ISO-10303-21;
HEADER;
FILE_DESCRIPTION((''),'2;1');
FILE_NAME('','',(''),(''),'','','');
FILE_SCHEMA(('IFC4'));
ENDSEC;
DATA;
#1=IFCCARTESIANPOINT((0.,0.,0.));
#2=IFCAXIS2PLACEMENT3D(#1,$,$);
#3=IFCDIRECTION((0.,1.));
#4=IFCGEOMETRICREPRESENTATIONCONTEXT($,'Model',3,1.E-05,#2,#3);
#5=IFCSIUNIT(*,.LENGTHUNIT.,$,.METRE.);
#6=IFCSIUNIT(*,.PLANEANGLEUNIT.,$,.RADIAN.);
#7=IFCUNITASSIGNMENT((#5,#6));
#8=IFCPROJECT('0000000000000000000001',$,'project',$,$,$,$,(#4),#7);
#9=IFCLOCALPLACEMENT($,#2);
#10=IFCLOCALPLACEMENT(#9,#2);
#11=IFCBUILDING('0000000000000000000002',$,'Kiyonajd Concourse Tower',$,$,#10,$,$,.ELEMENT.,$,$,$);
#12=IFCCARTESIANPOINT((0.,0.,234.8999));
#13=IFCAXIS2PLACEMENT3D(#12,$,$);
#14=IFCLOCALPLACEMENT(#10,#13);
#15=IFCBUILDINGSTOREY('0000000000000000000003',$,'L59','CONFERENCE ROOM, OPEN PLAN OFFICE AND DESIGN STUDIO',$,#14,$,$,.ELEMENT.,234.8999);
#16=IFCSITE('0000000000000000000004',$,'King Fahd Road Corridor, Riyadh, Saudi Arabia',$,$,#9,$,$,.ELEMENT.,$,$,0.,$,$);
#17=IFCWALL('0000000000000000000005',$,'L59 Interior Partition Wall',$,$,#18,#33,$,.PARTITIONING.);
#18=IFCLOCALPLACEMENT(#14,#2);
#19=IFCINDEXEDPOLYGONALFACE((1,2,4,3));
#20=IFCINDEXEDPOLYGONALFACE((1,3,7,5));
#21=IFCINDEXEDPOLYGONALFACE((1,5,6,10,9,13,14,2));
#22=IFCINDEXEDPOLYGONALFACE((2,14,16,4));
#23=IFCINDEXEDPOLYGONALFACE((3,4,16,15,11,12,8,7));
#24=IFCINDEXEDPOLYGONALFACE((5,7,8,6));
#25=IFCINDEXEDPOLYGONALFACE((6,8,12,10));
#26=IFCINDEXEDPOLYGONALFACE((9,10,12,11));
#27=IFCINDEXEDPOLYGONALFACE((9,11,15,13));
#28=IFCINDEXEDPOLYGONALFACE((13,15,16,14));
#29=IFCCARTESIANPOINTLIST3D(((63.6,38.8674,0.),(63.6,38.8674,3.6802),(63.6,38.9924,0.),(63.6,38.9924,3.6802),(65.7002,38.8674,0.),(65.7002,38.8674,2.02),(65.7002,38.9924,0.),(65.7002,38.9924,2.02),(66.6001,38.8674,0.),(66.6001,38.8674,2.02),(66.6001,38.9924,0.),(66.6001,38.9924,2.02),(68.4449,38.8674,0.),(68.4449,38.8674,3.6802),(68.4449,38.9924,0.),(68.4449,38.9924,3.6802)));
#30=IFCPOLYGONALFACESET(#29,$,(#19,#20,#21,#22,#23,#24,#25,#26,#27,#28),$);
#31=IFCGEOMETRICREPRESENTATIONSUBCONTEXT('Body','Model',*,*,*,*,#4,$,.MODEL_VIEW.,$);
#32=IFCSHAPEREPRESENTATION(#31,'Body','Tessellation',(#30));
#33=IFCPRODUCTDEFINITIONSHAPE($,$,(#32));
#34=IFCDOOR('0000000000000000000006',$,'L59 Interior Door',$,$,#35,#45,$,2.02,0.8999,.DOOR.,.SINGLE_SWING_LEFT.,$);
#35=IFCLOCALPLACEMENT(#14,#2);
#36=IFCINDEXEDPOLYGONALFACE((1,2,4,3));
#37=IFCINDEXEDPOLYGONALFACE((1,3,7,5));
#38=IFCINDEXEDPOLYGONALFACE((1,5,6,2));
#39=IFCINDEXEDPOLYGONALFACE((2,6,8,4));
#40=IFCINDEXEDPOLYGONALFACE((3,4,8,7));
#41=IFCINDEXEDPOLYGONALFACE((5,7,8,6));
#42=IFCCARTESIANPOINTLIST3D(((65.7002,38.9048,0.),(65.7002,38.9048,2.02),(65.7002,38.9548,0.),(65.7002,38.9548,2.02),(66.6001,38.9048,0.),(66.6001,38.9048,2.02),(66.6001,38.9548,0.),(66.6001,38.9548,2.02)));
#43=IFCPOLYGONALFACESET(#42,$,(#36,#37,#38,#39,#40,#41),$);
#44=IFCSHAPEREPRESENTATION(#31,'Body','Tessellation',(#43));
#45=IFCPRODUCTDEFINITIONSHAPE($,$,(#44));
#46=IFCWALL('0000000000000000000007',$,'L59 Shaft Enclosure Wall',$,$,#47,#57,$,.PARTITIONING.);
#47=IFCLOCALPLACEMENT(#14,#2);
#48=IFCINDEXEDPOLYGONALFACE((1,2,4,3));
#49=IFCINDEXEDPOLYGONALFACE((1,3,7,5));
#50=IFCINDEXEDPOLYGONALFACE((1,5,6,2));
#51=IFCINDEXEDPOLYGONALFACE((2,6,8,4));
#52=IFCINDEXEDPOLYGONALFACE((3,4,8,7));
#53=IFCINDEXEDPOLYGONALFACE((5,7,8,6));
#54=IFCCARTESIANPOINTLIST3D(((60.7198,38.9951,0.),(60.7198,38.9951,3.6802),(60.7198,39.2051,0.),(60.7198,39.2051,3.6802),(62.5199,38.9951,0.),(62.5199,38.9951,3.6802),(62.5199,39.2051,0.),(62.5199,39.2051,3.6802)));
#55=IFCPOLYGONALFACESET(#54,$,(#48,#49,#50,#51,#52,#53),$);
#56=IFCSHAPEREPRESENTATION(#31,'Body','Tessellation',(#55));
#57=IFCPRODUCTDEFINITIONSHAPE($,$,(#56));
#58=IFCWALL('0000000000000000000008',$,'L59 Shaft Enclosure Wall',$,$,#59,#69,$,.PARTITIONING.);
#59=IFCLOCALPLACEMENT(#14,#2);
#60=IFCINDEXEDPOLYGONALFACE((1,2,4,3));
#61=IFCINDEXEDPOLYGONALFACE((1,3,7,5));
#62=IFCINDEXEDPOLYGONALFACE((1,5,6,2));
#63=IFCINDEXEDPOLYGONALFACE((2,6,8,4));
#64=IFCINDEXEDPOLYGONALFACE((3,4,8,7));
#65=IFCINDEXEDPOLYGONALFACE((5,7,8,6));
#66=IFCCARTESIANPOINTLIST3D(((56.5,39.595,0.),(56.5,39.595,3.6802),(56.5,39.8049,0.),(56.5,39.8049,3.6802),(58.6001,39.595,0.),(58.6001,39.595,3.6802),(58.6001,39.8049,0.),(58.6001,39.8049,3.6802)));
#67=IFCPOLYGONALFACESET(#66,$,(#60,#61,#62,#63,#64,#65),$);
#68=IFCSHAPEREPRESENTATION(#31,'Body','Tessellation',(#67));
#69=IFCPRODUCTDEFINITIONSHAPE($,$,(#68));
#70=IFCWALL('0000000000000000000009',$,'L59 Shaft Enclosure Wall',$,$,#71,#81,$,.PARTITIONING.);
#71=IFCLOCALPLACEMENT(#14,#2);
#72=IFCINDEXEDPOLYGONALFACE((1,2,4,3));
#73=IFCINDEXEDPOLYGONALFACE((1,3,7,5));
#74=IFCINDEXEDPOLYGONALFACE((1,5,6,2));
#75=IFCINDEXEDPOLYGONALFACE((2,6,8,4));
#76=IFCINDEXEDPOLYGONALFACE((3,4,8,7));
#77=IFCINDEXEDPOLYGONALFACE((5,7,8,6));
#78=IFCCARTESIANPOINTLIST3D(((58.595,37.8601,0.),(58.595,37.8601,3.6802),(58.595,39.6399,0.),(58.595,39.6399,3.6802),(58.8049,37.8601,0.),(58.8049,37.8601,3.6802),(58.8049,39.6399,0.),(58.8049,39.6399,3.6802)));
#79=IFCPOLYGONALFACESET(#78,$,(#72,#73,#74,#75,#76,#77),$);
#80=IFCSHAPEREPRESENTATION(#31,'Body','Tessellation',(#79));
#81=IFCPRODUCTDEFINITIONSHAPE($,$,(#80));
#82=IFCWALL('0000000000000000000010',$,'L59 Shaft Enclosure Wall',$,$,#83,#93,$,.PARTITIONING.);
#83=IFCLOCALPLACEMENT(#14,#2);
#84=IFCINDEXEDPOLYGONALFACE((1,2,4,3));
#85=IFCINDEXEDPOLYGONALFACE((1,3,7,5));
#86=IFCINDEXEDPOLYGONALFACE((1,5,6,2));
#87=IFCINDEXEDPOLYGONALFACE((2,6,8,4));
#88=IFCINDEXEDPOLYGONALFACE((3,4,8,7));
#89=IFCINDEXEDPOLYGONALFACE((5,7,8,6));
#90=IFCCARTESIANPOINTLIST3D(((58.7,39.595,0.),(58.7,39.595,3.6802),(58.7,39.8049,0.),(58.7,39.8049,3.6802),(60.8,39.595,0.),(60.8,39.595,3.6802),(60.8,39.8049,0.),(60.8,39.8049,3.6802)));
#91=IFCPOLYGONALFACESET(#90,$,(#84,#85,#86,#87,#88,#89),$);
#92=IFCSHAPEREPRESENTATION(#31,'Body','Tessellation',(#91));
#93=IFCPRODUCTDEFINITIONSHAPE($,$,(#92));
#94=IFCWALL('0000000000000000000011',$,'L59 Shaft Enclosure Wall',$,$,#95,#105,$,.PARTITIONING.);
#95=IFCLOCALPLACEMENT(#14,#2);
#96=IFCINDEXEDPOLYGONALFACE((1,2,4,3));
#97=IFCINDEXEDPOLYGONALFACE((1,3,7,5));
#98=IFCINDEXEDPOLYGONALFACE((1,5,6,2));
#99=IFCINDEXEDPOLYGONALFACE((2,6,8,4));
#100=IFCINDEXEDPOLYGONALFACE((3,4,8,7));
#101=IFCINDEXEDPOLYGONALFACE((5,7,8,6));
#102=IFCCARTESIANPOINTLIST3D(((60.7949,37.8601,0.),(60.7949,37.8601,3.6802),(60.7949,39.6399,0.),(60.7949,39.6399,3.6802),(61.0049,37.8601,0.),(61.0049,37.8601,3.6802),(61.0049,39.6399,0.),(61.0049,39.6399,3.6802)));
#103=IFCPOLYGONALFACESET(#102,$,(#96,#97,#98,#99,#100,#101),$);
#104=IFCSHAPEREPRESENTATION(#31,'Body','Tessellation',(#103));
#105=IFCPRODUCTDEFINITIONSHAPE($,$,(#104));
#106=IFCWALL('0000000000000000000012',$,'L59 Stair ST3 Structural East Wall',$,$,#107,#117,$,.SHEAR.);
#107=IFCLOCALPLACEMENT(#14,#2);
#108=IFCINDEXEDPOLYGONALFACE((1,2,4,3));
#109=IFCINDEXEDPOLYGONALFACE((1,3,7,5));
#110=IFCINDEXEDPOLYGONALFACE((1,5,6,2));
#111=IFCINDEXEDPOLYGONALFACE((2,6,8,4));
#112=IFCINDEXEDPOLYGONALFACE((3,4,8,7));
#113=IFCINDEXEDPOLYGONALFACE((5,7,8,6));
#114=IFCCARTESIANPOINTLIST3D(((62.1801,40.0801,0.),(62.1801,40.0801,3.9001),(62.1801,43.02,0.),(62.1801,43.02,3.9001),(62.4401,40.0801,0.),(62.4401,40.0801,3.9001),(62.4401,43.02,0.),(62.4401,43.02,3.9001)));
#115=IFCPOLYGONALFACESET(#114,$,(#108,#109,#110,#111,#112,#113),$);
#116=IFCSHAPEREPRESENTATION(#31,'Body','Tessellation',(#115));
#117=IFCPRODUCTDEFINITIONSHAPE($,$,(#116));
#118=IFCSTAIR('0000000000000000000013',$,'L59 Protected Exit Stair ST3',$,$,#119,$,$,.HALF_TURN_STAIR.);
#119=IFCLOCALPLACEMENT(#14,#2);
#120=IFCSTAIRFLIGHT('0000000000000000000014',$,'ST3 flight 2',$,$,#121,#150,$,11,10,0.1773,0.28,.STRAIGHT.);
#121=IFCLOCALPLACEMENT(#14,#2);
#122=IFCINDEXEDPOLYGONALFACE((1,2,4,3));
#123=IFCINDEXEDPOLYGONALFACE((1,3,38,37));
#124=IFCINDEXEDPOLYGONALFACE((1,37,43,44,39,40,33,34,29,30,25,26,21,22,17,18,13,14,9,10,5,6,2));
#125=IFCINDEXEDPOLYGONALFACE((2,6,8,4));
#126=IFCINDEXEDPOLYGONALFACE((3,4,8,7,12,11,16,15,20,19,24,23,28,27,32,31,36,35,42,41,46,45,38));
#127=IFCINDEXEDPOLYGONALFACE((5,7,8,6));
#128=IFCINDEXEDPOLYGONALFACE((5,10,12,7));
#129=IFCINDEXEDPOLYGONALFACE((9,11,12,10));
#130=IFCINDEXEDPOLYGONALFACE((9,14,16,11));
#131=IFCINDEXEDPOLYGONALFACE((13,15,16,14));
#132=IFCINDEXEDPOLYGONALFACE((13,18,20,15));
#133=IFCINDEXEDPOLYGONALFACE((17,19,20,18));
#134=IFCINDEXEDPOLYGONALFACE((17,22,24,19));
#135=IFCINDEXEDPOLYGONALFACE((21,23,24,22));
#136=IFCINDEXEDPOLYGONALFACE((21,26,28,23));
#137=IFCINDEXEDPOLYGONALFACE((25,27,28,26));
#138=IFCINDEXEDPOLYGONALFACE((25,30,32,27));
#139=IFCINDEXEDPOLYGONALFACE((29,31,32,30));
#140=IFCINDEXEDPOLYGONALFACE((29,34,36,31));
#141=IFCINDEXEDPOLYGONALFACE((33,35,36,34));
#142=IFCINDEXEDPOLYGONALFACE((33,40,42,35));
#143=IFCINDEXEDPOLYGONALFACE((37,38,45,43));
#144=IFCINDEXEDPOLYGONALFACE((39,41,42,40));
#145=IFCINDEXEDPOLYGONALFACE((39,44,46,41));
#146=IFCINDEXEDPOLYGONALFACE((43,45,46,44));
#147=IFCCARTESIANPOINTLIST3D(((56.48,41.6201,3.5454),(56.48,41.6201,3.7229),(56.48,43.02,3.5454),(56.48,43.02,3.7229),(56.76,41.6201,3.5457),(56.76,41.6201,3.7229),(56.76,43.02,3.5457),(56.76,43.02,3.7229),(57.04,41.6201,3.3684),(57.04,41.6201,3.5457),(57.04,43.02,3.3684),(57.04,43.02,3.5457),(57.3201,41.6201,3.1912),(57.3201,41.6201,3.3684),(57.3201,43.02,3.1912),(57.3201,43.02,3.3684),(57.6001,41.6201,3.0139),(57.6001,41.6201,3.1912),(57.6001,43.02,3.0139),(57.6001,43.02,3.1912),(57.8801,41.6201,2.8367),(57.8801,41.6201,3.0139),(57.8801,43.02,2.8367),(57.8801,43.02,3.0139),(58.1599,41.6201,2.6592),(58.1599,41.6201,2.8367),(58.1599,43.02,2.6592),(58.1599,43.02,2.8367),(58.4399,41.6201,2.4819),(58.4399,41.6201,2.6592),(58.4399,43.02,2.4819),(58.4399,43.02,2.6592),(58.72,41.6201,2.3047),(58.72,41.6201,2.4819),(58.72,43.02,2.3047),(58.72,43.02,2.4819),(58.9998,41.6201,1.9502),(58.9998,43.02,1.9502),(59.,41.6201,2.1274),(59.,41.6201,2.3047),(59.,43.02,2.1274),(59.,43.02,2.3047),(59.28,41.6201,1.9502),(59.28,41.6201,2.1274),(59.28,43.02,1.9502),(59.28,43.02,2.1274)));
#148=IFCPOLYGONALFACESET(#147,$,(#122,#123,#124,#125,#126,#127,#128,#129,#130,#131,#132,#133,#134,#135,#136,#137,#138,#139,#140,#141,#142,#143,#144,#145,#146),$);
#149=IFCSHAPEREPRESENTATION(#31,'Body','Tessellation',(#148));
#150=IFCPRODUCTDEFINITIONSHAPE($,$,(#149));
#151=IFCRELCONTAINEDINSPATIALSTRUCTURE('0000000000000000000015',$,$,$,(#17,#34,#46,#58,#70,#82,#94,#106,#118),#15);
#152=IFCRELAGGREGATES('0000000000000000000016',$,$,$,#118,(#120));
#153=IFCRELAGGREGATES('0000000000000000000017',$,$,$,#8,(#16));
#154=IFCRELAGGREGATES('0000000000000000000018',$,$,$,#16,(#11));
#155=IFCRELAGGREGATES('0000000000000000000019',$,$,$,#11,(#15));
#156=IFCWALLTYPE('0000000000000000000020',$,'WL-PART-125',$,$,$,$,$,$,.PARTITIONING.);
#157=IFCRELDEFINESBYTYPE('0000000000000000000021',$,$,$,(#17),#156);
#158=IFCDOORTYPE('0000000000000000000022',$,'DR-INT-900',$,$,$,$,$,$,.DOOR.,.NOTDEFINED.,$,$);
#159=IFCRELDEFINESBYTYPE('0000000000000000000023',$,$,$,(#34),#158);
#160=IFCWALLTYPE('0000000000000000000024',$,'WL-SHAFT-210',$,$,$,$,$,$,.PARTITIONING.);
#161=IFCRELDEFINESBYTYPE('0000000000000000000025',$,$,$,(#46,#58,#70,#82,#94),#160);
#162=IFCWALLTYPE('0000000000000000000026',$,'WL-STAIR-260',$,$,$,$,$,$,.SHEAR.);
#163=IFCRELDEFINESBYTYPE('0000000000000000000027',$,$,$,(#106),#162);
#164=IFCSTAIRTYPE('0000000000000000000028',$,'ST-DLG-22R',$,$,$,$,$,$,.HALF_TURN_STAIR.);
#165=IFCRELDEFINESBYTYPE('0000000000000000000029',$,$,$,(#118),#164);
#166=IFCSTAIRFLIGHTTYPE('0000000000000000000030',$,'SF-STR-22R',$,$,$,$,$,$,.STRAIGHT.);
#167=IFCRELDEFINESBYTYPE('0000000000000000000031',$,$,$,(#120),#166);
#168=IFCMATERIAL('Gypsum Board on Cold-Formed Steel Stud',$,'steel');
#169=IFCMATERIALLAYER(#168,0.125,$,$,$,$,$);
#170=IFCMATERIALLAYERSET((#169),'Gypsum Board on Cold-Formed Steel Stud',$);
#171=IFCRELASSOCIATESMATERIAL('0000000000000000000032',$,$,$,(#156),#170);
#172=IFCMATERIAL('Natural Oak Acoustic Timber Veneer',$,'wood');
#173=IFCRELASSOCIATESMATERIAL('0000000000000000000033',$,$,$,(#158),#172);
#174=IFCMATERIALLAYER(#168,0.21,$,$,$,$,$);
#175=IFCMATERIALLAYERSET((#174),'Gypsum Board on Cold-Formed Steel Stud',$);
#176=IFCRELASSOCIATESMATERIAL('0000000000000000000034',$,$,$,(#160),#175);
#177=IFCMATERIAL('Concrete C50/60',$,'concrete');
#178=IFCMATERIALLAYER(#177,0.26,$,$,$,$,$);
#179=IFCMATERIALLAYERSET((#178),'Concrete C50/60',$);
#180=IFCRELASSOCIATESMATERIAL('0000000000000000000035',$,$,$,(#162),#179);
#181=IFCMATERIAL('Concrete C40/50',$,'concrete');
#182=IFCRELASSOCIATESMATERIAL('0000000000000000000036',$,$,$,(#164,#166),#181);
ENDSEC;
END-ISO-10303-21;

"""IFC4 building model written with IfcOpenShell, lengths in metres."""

from ifc_helpers import new_model, si_unit, direction, frame, frame_2d, origin, place, context, subcontext, project, spatial, polyline, rectangle, outline, extrude, material, layer, layer_set, type_object, element, fill, aggregate, save


model = new_model("IFC4")

# Units and contexts
model_context = context("Model", 3, precision=1e-05, world=origin(), true_north=direction((0.0, 1.0)))
body_context = subcontext(model_context, "Body", "Model", "MODEL_VIEW")
ifc_project = project(units=[si_unit("LENGTHUNIT", "METRE"), si_unit("PLANEANGLEUNIT", "RADIAN")], contexts=[model_context])

# Site, building, storey
site_placement = place(None, origin())
site = spatial("IfcSite", under=ifc_project, at=site_placement, Name="King Fahd Road Corridor, Riyadh, Saudi Arabia", CompositionType="ELEMENT", RefElevation=0.0)
building_placement = place(site_placement, origin())
building = spatial("IfcBuilding", under=site, at=building_placement, Name="Kiyonajd Concourse Tower", CompositionType="ELEMENT")
storey_placement = place(building_placement, frame((0.0, 0.0, 234.8999)))
storey = spatial("IfcBuildingStorey", under=building, at=storey_placement, Name="L59", Description="CONFERENCE ROOM, OPEN PLAN OFFICE AND DESIGN STUDIO", CompositionType="ELEMENT", Elevation=234.8999)

# Wall, opening, door
ifc_material_1 = material(Name="Gypsum Board on Cold-Formed Steel Stud", Category="steel")
ifc_layer_1 = layer(ifc_material_1, 0.125)
ifc_layer_set_1 = layer_set([ifc_layer_1], Name="Gypsum Board on Cold-Formed Steel Stud")
wall_type_1 = type_object("IfcWallType", Name="WL-PART-125", PredefinedType="PARTITIONING", material=ifc_layer_set_1)
wall_1_placement = place(storey_placement, frame((63.6001, 38.9299, 0.0), z_axis=(0.0, 0.0, 1.0), x_axis=(1.0, 0.0, 0.0)))
wall_1 = element("IfcWall", 1, at=wall_1_placement, inside=storey, type_object=wall_type_1, Name="L59 Interior Partition Wall", PredefinedType="PARTITIONING", context=body_context, shape_type="SweptSolid", body=[
    extrude(rectangle(XDim=4.845, YDim=0.125, at=frame_2d((2.4224, 0.0))), origin(), (0.0, 0.0, 1.0), 3.6802),
])
opening_1_placement = place(wall_1_placement, frame((2.1001, 0.0, 0.0)))
opening_1 = element("IfcOpeningElement", 2, at=opening_1_placement, cuts=wall_1, PredefinedType="OPENING", context=body_context, shape_type="SweptSolid", body=[
    extrude(rectangle(XDim=0.8999, YDim=2.02, at=frame_2d((0.45, 1.01))), frame((0.0, 0.0725, 0.0), z_axis=(0.0, -1.0, 0.0), x_axis=(1.0, 0.0, 0.0)), (0.0, 0.0, 1.0), 0.145),
])
ifc_material_2 = material(Name="Natural Oak Acoustic Timber Veneer", Category="wood")
door_type_1 = type_object("IfcDoorType", Name="DR-INT-900", OperationType="NOTDEFINED", PredefinedType="DOOR", material=ifc_material_2)
door_1_placement = place(opening_1_placement, origin())
door_1 = element("IfcDoor", 3, at=door_1_placement, inside=storey, type_object=door_type_1, Name="L59 Interior Door", OperationType="SINGLE_SWING_LEFT", OverallHeight=2.02, OverallWidth=0.8999, PredefinedType="DOOR", context=body_context, shape_type="SweptSolid", body=[
    extrude(rectangle(XDim=0.8999, YDim=2.02, at=frame_2d((0.45, 1.01))), frame((0.0, 0.0249, 0.0), z_axis=(0.0, -1.0, 0.0), x_axis=(1.0, 0.0, 0.0)), (0.0, 0.0, 1.0), 0.05),
])
fill(opening_1, door_1)

# Walls
ifc_layer_2 = layer(ifc_material_1, 0.21)
ifc_layer_set_2 = layer_set([ifc_layer_2], Name="Gypsum Board on Cold-Formed Steel Stud")
wall_type_2 = type_object("IfcWallType", Name="WL-SHAFT-210", PredefinedType="PARTITIONING", material=ifc_layer_set_2)
wall_2_placement = place(storey_placement, frame((60.72, 39.1001, 0.0), z_axis=(0.0, 0.0, 1.0), x_axis=(1.0, 0.0, 0.0)))
element("IfcWall", 4, at=wall_2_placement, inside=storey, type_object=wall_type_2, Name="L59 Shaft Enclosure Wall", PredefinedType="PARTITIONING", context=body_context, shape_type="SweptSolid", body=[
    extrude(rectangle(XDim=1.8, YDim=0.21, at=frame_2d((0.8999, 0.0))), origin(), (0.0, 0.0, 1.0), 3.6802),
])
wall_3_placement = place(storey_placement, frame((56.5, 39.7, 0.0), z_axis=(0.0, 0.0, 1.0), x_axis=(1.0, 0.0, 0.0)))
element("IfcWall", 5, at=wall_3_placement, inside=storey, type_object=wall_type_2, Name="L59 Shaft Enclosure Wall", PredefinedType="PARTITIONING", context=body_context, shape_type="SweptSolid", body=[
    extrude(rectangle(XDim=2.1001, YDim=0.21, at=frame_2d((1.05, 0.0))), origin(), (0.0, 0.0, 1.0), 3.6802),
])
wall_4_placement = place(storey_placement, frame((58.7, 37.8601, 0.0), z_axis=(0.0, 0.0, 1.0), x_axis=(0.0, 1.0, 0.0)))
element("IfcWall", 6, at=wall_4_placement, inside=storey, type_object=wall_type_2, Name="L59 Shaft Enclosure Wall", PredefinedType="PARTITIONING", context=body_context, shape_type="SweptSolid", body=[
    extrude(rectangle(XDim=1.7798, YDim=0.21, at=frame_2d((0.8899, 0.0))), origin(), (0.0, 0.0, 1.0), 3.6802),
])
wall_5_placement = place(storey_placement, frame((58.7, 39.7, 0.0), z_axis=(0.0, 0.0, 1.0), x_axis=(1.0, 0.0, 0.0)))
element("IfcWall", 7, at=wall_5_placement, inside=storey, type_object=wall_type_2, Name="L59 Shaft Enclosure Wall", PredefinedType="PARTITIONING", context=body_context, shape_type="SweptSolid", body=[
    extrude(rectangle(XDim=2.1001, YDim=0.21, at=frame_2d((1.05, 0.0))), origin(), (0.0, 0.0, 1.0), 3.6802),
])
wall_6_placement = place(storey_placement, frame((60.8999, 37.8601, 0.0), z_axis=(0.0, 0.0, 1.0), x_axis=(0.0, 1.0, 0.0)))
element("IfcWall", 8, at=wall_6_placement, inside=storey, type_object=wall_type_2, Name="L59 Shaft Enclosure Wall", PredefinedType="PARTITIONING", context=body_context, shape_type="SweptSolid", body=[
    extrude(rectangle(XDim=1.7798, YDim=0.21, at=frame_2d((0.8899, 0.0))), origin(), (0.0, 0.0, 1.0), 3.6802),
])
ifc_material_3 = material(Name="Concrete C50/60", Category="concrete")
ifc_layer_3 = layer(ifc_material_3, 0.26)
ifc_layer_set_3 = layer_set([ifc_layer_3], Name="Concrete C50/60")
wall_type_3 = type_object("IfcWallType", Name="WL-STAIR-260", PredefinedType="SHEAR", material=ifc_layer_set_3)
wall_7_placement = place(storey_placement, frame((62.3101, 40.0801, 0.0), z_axis=(0.0, 0.0, 1.0), x_axis=(0.0, 1.0, 0.0)))
element("IfcWall", 9, at=wall_7_placement, inside=storey, type_object=wall_type_3, Name="L59 Stair ST3 Structural East Wall", PredefinedType="SHEAR", context=body_context, shape_type="SweptSolid", body=[
    extrude(rectangle(XDim=2.9399, YDim=0.26, at=frame_2d((1.47, 0.0))), origin(), (0.0, 0.0, 1.0), 3.9001),
])

# Stair, stair flight
ifc_material_4 = material(Name="Concrete C40/50", Category="concrete")
stair_type = type_object("IfcStairType", Name="ST-DLG-22R", PredefinedType="HALF_TURN_STAIR", material=ifc_material_4)
stair_placement = place(storey_placement, origin())
stair = element("IfcStair", 10, at=stair_placement, inside=storey, type_object=stair_type, Name="L59 Protected Exit Stair ST3", PredefinedType="HALF_TURN_STAIR")
stair_flight_type = type_object("IfcStairFlightType", Name="SF-STR-22R", PredefinedType="STRAIGHT", material=ifc_material_4)
stair_flight_placement = place(storey_placement, frame((59.28, 42.3201, 1.9502), z_axis=(0.0, 0.0, 1.0), x_axis=(-1.0, 0.0, 0.0)))
stair_flight = element("IfcStairFlight", 11, at=stair_flight_placement, type_object=stair_flight_type, Name="ST3 flight 2", NumberOfRisers=11, NumberOfTreads=10, PredefinedType="STRAIGHT", RiserHeight=0.1773, TreadLength=0.28, context=body_context, shape_type="SweptSolid", body=[
    extrude(outline(polyline([(0.0, 0.0), (0.0, 0.1772), (0.28, 0.1772), (0.28, 0.3545), (0.5601, 0.3545), (0.5601, 0.5317), (0.8401, 0.5317), (0.8401, 0.709), (1.1201, 0.709), (1.1201, 0.8865), (1.3999, 0.8865), (1.3999, 1.0637), (1.6799, 1.0637), (1.6799, 1.241), (1.96, 1.241), (1.96, 1.4182), (2.24, 1.4182), (2.24, 1.5955), (2.52, 1.5955), (2.52, 1.7727), (2.8, 1.7727), (2.8, 1.95), (2.8, 1.5952), (0.2803, 0.0), (0.0, 0.0)])), frame((0.0, 0.7, 0.0), z_axis=(0.0, -1.0, 0.0), x_axis=(1.0, 0.0, 0.0)), (0.0, 0.0, 1.0), 1.3999),
])
aggregate(stair, [stair_flight])

save(model, "model.ifc")
